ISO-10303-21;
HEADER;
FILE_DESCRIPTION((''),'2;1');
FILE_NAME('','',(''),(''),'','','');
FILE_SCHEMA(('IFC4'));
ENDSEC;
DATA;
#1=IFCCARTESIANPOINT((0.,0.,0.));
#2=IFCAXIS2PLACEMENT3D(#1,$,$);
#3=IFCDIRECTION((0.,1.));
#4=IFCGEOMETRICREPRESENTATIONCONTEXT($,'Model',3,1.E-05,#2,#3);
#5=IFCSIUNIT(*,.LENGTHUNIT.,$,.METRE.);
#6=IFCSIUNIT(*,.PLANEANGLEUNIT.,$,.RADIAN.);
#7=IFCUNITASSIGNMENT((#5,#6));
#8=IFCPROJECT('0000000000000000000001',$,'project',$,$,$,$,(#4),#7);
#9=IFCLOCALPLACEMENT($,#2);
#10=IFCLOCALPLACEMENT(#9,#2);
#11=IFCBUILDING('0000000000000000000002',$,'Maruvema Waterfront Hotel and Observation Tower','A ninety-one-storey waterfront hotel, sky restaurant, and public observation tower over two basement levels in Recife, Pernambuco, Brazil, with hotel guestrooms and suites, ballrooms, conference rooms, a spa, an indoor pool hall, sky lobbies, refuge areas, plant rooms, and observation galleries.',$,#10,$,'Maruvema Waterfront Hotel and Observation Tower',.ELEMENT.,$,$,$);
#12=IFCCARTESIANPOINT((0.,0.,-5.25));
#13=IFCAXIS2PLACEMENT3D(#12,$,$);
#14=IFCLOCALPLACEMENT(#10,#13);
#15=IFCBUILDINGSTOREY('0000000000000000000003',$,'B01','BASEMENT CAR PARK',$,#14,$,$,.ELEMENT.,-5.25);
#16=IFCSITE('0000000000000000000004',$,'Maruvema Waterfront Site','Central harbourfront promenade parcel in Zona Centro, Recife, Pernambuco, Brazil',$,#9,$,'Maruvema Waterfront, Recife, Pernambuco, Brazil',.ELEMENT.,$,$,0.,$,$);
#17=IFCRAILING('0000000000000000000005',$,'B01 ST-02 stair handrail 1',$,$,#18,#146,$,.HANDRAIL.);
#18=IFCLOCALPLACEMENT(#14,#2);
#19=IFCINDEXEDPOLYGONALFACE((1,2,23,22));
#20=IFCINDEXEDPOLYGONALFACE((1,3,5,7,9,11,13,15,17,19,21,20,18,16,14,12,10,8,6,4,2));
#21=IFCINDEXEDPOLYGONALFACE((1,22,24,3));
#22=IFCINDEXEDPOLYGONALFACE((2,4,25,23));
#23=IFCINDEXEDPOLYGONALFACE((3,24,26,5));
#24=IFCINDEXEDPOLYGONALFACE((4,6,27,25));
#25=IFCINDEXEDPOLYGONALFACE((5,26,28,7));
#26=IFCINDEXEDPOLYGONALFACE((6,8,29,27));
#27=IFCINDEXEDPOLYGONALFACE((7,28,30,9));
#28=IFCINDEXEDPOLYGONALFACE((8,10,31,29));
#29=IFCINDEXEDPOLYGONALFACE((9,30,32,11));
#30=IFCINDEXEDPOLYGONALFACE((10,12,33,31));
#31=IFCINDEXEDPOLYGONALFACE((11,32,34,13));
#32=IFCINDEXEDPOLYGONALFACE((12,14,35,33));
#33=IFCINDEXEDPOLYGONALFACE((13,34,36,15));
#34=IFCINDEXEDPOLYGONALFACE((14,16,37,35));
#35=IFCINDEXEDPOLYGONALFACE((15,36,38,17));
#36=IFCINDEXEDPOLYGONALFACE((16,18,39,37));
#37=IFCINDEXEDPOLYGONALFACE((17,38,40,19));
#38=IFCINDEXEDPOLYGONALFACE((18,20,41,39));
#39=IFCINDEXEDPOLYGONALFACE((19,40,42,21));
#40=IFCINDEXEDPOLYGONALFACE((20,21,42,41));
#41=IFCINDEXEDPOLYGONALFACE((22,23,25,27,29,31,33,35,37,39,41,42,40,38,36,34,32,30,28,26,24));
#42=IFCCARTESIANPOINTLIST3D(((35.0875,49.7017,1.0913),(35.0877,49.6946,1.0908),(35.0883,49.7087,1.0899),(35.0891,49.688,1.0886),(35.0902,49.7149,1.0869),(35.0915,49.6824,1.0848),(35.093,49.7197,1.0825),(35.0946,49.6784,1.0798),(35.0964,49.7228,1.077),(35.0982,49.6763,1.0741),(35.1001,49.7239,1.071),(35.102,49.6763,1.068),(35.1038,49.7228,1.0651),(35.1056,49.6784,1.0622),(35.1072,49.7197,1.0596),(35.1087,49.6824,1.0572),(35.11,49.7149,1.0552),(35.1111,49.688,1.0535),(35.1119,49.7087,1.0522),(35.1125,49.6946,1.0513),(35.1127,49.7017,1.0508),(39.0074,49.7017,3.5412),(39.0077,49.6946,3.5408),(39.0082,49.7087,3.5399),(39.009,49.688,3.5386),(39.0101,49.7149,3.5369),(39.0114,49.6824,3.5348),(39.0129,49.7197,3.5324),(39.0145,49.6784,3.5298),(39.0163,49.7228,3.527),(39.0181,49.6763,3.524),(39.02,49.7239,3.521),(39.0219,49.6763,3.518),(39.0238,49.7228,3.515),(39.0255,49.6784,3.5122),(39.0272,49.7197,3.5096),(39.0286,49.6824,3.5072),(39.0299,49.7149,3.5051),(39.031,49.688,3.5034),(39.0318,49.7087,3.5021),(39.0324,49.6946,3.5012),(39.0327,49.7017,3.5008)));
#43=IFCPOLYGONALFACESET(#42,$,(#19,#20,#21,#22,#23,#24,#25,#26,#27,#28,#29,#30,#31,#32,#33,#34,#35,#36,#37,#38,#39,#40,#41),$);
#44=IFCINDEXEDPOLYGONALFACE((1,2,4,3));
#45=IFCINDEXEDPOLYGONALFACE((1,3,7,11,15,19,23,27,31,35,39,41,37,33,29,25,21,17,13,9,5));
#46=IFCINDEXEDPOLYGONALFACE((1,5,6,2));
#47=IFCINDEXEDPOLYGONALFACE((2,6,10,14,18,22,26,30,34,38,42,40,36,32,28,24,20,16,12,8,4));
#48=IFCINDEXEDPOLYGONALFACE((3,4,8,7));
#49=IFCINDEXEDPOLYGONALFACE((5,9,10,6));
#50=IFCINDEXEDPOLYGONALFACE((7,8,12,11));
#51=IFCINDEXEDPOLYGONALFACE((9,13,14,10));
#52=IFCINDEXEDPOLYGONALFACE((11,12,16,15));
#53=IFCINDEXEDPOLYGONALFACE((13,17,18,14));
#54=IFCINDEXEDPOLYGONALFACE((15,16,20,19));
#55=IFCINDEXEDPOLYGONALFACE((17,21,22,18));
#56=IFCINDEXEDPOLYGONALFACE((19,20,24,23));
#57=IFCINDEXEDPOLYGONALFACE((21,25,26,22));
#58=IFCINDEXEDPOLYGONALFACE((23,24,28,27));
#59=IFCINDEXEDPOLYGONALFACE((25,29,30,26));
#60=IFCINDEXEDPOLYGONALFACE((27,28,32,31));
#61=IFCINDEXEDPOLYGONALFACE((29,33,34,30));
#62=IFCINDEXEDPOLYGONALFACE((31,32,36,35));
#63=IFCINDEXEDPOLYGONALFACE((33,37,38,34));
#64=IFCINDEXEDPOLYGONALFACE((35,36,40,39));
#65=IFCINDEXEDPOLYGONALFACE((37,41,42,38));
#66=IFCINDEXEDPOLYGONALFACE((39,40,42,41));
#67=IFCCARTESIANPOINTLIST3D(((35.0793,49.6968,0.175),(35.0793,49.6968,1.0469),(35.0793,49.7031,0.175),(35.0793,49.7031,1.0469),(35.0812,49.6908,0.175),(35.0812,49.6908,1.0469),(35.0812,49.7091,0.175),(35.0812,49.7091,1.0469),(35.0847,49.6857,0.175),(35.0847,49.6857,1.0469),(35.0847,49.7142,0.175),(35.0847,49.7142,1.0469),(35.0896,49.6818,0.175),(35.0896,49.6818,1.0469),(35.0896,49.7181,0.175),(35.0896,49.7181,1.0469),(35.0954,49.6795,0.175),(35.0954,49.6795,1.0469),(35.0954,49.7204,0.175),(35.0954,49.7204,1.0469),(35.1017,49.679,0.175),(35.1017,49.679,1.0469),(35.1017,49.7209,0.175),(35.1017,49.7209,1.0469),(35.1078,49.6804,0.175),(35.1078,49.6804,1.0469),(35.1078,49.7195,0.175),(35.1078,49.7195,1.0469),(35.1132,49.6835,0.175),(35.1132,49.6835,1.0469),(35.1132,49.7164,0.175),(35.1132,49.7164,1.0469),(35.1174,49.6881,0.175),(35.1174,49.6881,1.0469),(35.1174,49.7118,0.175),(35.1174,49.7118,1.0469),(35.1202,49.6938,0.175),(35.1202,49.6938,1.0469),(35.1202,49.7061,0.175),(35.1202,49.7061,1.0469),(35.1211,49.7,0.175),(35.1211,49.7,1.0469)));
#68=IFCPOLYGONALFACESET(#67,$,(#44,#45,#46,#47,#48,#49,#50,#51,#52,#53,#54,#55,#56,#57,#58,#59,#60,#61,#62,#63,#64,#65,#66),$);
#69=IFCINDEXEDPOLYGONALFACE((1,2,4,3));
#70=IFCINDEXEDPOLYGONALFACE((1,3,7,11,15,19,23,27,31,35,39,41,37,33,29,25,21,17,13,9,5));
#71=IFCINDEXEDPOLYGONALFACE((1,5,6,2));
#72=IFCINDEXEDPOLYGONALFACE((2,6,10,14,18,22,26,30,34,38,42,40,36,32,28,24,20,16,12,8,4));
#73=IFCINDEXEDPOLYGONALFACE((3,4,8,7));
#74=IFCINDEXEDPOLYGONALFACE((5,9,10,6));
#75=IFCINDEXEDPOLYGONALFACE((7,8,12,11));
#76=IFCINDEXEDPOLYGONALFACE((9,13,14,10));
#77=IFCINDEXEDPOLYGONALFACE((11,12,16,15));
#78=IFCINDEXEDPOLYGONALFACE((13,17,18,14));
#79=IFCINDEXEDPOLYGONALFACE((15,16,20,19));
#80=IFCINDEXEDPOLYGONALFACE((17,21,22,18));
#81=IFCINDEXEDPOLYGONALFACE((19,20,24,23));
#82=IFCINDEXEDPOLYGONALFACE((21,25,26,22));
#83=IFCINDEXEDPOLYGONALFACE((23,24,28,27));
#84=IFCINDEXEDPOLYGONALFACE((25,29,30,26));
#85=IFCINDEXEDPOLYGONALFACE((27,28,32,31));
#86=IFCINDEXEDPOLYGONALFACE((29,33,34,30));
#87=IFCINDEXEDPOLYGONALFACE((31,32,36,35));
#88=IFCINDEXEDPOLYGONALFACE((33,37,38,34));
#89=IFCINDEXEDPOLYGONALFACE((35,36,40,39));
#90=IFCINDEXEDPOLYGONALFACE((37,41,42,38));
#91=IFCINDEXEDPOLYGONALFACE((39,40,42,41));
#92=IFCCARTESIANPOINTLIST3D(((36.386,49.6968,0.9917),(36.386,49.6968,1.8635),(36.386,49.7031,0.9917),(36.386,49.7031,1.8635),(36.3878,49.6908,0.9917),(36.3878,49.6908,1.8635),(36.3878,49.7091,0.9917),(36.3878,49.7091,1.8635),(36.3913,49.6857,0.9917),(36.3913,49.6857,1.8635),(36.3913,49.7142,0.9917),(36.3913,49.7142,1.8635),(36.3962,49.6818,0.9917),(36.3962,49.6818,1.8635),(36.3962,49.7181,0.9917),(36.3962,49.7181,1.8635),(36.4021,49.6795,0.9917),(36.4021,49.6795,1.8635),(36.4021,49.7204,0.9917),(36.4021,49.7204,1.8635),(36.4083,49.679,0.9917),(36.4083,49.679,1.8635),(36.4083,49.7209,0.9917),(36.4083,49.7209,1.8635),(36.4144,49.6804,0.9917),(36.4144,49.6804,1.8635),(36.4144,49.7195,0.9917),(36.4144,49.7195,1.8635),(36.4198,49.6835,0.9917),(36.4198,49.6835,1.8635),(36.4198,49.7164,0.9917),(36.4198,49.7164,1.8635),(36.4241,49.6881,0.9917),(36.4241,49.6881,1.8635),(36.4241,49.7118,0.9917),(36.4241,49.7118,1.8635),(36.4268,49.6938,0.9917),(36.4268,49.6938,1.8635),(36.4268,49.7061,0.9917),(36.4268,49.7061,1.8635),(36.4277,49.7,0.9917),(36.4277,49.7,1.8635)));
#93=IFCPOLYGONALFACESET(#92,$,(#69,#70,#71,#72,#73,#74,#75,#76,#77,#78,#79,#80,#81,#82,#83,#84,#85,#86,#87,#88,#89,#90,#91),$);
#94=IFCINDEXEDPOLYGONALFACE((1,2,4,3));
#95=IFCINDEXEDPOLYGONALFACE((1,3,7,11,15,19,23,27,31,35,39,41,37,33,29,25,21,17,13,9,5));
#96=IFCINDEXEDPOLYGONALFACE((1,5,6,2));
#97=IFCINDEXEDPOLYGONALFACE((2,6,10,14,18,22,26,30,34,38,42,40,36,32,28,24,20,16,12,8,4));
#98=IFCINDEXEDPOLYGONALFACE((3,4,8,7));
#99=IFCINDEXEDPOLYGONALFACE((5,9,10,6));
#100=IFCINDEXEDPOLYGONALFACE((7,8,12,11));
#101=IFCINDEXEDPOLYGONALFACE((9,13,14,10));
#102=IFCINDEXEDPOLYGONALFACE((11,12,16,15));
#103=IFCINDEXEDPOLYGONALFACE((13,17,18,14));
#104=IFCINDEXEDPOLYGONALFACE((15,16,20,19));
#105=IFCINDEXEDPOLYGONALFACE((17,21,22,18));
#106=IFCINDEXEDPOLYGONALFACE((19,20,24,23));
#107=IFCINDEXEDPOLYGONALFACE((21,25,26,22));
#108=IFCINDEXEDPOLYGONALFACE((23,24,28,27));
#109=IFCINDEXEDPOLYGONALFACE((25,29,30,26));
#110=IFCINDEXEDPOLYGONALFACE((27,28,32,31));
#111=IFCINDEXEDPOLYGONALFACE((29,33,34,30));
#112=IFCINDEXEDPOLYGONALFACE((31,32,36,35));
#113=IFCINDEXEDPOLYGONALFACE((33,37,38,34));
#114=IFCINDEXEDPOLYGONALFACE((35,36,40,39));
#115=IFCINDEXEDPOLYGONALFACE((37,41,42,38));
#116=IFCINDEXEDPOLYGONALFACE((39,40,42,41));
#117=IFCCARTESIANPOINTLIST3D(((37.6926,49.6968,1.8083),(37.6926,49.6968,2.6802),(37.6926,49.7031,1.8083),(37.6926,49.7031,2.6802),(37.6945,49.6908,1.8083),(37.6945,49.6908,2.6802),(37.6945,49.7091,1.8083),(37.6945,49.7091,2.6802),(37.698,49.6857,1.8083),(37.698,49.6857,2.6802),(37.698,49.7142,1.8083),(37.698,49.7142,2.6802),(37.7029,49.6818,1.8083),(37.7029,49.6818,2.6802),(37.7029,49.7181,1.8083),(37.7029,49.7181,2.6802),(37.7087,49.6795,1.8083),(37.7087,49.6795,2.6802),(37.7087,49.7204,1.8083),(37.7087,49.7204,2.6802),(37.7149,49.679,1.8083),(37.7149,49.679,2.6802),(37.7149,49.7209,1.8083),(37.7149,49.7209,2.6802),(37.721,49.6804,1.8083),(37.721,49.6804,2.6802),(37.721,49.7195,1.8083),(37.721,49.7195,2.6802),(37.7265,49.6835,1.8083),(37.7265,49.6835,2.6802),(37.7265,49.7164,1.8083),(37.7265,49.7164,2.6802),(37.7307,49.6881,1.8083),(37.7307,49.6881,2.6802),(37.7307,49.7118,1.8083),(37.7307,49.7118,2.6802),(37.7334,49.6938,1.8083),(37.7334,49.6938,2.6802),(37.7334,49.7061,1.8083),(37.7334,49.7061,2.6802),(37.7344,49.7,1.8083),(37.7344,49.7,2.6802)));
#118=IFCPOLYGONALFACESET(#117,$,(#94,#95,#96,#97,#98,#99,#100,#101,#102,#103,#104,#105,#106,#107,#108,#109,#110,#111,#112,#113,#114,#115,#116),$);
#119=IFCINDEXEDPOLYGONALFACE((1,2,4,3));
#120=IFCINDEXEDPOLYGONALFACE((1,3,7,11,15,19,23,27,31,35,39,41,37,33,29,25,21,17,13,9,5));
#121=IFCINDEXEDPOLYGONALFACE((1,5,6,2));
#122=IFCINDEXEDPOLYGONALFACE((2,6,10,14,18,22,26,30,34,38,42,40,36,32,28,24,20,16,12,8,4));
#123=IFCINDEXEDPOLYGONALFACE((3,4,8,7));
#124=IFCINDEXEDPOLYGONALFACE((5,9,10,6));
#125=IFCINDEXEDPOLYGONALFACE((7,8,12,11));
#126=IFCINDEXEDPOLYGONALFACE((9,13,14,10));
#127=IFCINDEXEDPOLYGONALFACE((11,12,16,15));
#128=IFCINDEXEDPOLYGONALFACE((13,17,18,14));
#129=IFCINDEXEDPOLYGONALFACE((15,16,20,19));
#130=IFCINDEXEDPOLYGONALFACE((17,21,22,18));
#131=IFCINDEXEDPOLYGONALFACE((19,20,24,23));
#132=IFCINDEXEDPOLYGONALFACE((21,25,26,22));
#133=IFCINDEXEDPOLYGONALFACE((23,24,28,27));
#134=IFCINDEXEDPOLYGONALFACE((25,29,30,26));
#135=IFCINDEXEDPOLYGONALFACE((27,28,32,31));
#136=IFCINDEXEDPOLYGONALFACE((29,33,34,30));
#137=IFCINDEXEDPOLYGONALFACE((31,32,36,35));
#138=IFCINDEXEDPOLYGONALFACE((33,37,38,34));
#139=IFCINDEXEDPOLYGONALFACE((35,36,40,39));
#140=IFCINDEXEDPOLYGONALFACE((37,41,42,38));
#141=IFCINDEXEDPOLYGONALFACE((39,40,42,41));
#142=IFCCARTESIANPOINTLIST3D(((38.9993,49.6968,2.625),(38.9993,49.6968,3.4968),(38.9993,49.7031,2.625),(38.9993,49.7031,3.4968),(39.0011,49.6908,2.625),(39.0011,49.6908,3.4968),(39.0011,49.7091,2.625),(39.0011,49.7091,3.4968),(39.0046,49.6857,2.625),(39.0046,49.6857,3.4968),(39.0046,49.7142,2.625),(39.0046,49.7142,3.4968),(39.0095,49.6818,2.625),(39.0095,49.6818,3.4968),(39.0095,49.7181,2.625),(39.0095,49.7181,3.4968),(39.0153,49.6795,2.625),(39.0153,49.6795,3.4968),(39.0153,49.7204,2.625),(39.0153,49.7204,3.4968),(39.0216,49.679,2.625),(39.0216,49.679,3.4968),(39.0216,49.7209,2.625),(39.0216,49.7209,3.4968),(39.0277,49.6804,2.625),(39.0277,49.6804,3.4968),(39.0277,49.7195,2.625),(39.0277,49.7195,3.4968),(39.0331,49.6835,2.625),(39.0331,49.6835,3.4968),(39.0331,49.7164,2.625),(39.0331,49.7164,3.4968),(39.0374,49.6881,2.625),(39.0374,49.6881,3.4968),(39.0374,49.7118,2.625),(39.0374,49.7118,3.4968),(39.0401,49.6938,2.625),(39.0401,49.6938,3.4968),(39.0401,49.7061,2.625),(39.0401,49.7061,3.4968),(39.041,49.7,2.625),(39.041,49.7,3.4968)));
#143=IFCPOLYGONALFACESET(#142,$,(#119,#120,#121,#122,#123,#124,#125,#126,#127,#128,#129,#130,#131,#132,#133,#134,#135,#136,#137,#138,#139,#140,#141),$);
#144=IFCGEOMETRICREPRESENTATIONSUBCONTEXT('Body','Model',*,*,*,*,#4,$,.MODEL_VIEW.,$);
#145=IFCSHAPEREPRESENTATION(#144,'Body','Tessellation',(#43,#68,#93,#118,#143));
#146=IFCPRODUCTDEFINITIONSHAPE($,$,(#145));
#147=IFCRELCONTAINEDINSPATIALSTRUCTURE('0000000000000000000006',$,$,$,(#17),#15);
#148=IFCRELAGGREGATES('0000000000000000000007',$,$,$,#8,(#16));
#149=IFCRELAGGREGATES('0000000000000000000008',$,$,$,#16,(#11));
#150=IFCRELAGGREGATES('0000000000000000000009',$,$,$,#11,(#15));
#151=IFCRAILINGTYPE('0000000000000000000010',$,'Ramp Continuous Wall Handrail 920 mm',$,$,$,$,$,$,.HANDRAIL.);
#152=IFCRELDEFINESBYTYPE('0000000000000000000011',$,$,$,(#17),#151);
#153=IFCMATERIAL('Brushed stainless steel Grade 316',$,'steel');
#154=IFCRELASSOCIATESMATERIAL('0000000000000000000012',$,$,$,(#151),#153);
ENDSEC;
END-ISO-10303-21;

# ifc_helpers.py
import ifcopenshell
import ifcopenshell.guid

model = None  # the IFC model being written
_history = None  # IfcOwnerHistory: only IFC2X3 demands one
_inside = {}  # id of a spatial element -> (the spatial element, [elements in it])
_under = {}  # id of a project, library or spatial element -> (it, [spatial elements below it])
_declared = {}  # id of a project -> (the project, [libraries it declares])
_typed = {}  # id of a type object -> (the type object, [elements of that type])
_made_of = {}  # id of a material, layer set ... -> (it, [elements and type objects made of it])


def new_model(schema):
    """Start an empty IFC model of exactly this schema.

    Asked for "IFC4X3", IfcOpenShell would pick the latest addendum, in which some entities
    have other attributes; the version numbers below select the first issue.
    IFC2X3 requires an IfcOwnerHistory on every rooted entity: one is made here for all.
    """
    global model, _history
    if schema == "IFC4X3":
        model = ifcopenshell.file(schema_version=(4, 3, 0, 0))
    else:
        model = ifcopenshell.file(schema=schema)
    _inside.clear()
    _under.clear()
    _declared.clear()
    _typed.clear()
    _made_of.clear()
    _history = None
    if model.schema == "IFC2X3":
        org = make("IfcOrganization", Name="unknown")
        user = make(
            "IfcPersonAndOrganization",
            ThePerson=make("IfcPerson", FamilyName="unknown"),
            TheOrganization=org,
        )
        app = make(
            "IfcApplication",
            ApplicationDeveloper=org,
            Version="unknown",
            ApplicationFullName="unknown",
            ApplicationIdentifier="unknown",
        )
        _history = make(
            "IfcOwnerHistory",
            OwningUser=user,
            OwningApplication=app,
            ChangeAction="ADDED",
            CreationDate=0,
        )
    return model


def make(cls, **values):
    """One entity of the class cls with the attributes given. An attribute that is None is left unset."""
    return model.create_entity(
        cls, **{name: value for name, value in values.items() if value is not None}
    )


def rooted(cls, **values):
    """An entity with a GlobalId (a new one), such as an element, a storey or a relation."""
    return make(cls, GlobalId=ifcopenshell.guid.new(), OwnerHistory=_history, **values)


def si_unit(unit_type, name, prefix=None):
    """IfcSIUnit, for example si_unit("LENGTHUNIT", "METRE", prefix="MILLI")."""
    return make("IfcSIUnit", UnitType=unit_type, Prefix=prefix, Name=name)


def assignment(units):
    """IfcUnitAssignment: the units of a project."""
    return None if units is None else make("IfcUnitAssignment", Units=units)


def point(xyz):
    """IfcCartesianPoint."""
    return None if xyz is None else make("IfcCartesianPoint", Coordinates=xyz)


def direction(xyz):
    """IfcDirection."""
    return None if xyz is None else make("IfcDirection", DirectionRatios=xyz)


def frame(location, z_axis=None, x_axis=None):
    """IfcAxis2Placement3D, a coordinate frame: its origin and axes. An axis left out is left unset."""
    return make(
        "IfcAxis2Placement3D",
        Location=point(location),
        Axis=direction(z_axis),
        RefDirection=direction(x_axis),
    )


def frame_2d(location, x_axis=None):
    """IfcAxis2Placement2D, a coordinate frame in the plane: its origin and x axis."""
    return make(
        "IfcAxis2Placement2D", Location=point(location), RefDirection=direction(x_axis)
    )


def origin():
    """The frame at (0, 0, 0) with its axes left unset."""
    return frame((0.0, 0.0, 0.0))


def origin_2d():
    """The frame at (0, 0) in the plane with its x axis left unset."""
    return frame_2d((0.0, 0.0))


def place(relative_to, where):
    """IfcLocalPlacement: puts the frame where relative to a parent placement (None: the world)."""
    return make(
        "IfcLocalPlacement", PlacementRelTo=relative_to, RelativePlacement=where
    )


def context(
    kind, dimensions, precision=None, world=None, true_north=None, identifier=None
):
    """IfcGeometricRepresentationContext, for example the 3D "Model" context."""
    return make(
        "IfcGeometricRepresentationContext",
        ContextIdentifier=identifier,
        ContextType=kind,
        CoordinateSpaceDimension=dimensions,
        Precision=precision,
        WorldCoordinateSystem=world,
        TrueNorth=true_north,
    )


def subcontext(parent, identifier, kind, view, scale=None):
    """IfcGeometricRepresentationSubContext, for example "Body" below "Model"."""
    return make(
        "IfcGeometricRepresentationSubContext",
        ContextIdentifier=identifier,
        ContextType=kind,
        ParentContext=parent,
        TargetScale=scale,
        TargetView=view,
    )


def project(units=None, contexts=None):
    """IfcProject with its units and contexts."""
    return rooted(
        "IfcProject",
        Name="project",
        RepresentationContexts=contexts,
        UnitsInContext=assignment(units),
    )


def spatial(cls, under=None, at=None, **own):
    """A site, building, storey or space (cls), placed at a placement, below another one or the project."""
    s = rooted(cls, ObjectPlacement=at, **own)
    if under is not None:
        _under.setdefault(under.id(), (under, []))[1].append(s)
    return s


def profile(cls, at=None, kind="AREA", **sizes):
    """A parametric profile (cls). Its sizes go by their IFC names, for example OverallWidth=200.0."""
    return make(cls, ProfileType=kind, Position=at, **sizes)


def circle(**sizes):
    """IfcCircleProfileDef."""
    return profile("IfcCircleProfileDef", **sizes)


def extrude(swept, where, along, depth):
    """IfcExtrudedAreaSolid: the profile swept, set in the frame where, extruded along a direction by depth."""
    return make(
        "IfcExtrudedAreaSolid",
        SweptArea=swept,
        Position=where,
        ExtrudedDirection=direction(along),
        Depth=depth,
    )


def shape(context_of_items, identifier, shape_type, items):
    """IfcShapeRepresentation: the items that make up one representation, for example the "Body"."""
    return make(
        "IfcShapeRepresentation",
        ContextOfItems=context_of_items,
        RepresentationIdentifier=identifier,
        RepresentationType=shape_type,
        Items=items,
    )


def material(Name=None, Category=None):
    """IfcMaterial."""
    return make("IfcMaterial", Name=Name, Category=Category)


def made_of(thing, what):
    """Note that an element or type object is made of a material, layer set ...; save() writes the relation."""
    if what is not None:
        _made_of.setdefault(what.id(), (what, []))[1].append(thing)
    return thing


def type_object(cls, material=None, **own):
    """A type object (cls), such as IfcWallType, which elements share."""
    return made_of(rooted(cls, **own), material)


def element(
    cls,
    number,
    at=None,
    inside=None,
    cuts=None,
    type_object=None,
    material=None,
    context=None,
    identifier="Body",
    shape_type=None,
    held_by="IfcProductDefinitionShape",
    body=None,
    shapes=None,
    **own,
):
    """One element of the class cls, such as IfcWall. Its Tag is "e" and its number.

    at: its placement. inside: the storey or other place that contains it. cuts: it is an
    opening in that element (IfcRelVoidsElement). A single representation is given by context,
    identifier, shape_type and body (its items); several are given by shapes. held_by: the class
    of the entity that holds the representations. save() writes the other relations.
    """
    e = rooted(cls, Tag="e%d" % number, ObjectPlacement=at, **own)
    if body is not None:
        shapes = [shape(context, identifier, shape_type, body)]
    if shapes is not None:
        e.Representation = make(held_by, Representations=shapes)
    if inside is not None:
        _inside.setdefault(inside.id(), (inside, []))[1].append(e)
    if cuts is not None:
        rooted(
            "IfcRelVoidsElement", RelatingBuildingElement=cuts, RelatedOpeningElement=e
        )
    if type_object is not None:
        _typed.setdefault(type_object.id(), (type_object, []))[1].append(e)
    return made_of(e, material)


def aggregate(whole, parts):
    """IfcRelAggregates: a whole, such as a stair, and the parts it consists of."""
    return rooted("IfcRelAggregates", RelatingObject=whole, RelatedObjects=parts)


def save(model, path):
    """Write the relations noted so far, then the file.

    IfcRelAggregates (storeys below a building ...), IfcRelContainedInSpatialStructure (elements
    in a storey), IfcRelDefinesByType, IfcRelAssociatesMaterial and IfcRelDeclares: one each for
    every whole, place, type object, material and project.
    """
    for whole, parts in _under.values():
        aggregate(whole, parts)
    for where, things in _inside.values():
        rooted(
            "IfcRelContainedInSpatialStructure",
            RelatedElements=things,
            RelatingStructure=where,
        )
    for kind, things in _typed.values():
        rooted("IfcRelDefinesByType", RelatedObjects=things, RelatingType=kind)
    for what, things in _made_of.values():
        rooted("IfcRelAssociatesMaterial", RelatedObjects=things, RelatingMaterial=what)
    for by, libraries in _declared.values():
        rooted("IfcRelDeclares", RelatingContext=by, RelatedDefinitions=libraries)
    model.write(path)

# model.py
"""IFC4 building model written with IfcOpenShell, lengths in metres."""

from ifc_helpers import new_model, si_unit, direction, frame, origin, origin_2d, place, context, subcontext, project, spatial, circle, extrude, material, type_object, element, save


model = new_model("IFC4")

# Units and contexts
model_context = context("Model", 3, precision=1e-05, world=origin(), true_north=direction((0.0, 1.0)))
body_context = subcontext(model_context, "Body", "Model", "MODEL_VIEW")
ifc_project = project(units=[si_unit("LENGTHUNIT", "METRE"), si_unit("PLANEANGLEUNIT", "RADIAN")], contexts=[model_context])

# Site, building, storey
site_placement = place(None, origin())
site = spatial("IfcSite", under=ifc_project, at=site_placement, Name="Maruvema Waterfront Site", Description="Central harbourfront promenade parcel in Zona Centro, Recife, Pernambuco, Brazil", LongName="Maruvema Waterfront, Recife, Pernambuco, Brazil", CompositionType="ELEMENT", RefElevation=0.0)
building_placement = place(site_placement, origin())
building = spatial("IfcBuilding", under=site, at=building_placement, Name="Maruvema Waterfront Hotel and Observation Tower", Description="A ninety-one-storey waterfront hotel, sky restaurant, and public observation tower over two basement levels in Recife, Pernambuco, Brazil, with hotel guestrooms and suites, ballrooms, conference rooms, a spa, an indoor pool hall, sky lobbies, refuge areas, plant rooms, and observation galleries.", LongName="Maruvema Waterfront Hotel and Observation Tower", CompositionType="ELEMENT")
storey_placement = place(building_placement, frame((0.0, 0.0, -5.25)))
storey = spatial("IfcBuildingStorey", under=building, at=storey_placement, Name="B01", Description="BASEMENT CAR PARK", CompositionType="ELEMENT", Elevation=-5.25)

# Railing
ifc_material_1 = material(Name="Brushed stainless steel Grade 316", Category="steel")
railing_type_1 = type_object("IfcRailingType", Name="Ramp Continuous Wall Handrail 920 mm", PredefinedType="HANDRAIL", material=ifc_material_1)
railing_1_placement = place(storey_placement, frame((35.1001, 49.7, 0.175)))
element("IfcRailing", 1, at=railing_1_placement, inside=storey, type_object=railing_type_1, Name="B01 ST-02 stair handrail 1", PredefinedType="HANDRAIL", context=body_context, shape_type="SweptSolid", body=[
    extrude(circle(Radius=0.0239, at=origin_2d()), frame((0.0, 0.0, 0.896), z_axis=(0.847998, 0.0, 0.529999), x_axis=(0.0, 1.0, 0.0)), (0.0, 0.0, 1.0), 4.6226),
    extrude(circle(Radius=0.021, at=origin_2d()), origin(), (0.0, 0.0, 1.0), 0.8718),
    extrude(circle(Radius=0.021, at=origin_2d()), frame((1.3066, 0.0, 0.8167)), (0.0, 0.0, 1.0), 0.8718),
    extrude(circle(Radius=0.021, at=origin_2d()), frame((2.6133, 0.0, 1.6333)), (0.0, 0.0, 1.0), 0.8718),
    extrude(circle(Radius=0.021, at=origin_2d()), frame((3.9199, 0.0, 2.45)), (0.0, 0.0, 1.0), 0.8718),
])

save(model, "model.ifc")
